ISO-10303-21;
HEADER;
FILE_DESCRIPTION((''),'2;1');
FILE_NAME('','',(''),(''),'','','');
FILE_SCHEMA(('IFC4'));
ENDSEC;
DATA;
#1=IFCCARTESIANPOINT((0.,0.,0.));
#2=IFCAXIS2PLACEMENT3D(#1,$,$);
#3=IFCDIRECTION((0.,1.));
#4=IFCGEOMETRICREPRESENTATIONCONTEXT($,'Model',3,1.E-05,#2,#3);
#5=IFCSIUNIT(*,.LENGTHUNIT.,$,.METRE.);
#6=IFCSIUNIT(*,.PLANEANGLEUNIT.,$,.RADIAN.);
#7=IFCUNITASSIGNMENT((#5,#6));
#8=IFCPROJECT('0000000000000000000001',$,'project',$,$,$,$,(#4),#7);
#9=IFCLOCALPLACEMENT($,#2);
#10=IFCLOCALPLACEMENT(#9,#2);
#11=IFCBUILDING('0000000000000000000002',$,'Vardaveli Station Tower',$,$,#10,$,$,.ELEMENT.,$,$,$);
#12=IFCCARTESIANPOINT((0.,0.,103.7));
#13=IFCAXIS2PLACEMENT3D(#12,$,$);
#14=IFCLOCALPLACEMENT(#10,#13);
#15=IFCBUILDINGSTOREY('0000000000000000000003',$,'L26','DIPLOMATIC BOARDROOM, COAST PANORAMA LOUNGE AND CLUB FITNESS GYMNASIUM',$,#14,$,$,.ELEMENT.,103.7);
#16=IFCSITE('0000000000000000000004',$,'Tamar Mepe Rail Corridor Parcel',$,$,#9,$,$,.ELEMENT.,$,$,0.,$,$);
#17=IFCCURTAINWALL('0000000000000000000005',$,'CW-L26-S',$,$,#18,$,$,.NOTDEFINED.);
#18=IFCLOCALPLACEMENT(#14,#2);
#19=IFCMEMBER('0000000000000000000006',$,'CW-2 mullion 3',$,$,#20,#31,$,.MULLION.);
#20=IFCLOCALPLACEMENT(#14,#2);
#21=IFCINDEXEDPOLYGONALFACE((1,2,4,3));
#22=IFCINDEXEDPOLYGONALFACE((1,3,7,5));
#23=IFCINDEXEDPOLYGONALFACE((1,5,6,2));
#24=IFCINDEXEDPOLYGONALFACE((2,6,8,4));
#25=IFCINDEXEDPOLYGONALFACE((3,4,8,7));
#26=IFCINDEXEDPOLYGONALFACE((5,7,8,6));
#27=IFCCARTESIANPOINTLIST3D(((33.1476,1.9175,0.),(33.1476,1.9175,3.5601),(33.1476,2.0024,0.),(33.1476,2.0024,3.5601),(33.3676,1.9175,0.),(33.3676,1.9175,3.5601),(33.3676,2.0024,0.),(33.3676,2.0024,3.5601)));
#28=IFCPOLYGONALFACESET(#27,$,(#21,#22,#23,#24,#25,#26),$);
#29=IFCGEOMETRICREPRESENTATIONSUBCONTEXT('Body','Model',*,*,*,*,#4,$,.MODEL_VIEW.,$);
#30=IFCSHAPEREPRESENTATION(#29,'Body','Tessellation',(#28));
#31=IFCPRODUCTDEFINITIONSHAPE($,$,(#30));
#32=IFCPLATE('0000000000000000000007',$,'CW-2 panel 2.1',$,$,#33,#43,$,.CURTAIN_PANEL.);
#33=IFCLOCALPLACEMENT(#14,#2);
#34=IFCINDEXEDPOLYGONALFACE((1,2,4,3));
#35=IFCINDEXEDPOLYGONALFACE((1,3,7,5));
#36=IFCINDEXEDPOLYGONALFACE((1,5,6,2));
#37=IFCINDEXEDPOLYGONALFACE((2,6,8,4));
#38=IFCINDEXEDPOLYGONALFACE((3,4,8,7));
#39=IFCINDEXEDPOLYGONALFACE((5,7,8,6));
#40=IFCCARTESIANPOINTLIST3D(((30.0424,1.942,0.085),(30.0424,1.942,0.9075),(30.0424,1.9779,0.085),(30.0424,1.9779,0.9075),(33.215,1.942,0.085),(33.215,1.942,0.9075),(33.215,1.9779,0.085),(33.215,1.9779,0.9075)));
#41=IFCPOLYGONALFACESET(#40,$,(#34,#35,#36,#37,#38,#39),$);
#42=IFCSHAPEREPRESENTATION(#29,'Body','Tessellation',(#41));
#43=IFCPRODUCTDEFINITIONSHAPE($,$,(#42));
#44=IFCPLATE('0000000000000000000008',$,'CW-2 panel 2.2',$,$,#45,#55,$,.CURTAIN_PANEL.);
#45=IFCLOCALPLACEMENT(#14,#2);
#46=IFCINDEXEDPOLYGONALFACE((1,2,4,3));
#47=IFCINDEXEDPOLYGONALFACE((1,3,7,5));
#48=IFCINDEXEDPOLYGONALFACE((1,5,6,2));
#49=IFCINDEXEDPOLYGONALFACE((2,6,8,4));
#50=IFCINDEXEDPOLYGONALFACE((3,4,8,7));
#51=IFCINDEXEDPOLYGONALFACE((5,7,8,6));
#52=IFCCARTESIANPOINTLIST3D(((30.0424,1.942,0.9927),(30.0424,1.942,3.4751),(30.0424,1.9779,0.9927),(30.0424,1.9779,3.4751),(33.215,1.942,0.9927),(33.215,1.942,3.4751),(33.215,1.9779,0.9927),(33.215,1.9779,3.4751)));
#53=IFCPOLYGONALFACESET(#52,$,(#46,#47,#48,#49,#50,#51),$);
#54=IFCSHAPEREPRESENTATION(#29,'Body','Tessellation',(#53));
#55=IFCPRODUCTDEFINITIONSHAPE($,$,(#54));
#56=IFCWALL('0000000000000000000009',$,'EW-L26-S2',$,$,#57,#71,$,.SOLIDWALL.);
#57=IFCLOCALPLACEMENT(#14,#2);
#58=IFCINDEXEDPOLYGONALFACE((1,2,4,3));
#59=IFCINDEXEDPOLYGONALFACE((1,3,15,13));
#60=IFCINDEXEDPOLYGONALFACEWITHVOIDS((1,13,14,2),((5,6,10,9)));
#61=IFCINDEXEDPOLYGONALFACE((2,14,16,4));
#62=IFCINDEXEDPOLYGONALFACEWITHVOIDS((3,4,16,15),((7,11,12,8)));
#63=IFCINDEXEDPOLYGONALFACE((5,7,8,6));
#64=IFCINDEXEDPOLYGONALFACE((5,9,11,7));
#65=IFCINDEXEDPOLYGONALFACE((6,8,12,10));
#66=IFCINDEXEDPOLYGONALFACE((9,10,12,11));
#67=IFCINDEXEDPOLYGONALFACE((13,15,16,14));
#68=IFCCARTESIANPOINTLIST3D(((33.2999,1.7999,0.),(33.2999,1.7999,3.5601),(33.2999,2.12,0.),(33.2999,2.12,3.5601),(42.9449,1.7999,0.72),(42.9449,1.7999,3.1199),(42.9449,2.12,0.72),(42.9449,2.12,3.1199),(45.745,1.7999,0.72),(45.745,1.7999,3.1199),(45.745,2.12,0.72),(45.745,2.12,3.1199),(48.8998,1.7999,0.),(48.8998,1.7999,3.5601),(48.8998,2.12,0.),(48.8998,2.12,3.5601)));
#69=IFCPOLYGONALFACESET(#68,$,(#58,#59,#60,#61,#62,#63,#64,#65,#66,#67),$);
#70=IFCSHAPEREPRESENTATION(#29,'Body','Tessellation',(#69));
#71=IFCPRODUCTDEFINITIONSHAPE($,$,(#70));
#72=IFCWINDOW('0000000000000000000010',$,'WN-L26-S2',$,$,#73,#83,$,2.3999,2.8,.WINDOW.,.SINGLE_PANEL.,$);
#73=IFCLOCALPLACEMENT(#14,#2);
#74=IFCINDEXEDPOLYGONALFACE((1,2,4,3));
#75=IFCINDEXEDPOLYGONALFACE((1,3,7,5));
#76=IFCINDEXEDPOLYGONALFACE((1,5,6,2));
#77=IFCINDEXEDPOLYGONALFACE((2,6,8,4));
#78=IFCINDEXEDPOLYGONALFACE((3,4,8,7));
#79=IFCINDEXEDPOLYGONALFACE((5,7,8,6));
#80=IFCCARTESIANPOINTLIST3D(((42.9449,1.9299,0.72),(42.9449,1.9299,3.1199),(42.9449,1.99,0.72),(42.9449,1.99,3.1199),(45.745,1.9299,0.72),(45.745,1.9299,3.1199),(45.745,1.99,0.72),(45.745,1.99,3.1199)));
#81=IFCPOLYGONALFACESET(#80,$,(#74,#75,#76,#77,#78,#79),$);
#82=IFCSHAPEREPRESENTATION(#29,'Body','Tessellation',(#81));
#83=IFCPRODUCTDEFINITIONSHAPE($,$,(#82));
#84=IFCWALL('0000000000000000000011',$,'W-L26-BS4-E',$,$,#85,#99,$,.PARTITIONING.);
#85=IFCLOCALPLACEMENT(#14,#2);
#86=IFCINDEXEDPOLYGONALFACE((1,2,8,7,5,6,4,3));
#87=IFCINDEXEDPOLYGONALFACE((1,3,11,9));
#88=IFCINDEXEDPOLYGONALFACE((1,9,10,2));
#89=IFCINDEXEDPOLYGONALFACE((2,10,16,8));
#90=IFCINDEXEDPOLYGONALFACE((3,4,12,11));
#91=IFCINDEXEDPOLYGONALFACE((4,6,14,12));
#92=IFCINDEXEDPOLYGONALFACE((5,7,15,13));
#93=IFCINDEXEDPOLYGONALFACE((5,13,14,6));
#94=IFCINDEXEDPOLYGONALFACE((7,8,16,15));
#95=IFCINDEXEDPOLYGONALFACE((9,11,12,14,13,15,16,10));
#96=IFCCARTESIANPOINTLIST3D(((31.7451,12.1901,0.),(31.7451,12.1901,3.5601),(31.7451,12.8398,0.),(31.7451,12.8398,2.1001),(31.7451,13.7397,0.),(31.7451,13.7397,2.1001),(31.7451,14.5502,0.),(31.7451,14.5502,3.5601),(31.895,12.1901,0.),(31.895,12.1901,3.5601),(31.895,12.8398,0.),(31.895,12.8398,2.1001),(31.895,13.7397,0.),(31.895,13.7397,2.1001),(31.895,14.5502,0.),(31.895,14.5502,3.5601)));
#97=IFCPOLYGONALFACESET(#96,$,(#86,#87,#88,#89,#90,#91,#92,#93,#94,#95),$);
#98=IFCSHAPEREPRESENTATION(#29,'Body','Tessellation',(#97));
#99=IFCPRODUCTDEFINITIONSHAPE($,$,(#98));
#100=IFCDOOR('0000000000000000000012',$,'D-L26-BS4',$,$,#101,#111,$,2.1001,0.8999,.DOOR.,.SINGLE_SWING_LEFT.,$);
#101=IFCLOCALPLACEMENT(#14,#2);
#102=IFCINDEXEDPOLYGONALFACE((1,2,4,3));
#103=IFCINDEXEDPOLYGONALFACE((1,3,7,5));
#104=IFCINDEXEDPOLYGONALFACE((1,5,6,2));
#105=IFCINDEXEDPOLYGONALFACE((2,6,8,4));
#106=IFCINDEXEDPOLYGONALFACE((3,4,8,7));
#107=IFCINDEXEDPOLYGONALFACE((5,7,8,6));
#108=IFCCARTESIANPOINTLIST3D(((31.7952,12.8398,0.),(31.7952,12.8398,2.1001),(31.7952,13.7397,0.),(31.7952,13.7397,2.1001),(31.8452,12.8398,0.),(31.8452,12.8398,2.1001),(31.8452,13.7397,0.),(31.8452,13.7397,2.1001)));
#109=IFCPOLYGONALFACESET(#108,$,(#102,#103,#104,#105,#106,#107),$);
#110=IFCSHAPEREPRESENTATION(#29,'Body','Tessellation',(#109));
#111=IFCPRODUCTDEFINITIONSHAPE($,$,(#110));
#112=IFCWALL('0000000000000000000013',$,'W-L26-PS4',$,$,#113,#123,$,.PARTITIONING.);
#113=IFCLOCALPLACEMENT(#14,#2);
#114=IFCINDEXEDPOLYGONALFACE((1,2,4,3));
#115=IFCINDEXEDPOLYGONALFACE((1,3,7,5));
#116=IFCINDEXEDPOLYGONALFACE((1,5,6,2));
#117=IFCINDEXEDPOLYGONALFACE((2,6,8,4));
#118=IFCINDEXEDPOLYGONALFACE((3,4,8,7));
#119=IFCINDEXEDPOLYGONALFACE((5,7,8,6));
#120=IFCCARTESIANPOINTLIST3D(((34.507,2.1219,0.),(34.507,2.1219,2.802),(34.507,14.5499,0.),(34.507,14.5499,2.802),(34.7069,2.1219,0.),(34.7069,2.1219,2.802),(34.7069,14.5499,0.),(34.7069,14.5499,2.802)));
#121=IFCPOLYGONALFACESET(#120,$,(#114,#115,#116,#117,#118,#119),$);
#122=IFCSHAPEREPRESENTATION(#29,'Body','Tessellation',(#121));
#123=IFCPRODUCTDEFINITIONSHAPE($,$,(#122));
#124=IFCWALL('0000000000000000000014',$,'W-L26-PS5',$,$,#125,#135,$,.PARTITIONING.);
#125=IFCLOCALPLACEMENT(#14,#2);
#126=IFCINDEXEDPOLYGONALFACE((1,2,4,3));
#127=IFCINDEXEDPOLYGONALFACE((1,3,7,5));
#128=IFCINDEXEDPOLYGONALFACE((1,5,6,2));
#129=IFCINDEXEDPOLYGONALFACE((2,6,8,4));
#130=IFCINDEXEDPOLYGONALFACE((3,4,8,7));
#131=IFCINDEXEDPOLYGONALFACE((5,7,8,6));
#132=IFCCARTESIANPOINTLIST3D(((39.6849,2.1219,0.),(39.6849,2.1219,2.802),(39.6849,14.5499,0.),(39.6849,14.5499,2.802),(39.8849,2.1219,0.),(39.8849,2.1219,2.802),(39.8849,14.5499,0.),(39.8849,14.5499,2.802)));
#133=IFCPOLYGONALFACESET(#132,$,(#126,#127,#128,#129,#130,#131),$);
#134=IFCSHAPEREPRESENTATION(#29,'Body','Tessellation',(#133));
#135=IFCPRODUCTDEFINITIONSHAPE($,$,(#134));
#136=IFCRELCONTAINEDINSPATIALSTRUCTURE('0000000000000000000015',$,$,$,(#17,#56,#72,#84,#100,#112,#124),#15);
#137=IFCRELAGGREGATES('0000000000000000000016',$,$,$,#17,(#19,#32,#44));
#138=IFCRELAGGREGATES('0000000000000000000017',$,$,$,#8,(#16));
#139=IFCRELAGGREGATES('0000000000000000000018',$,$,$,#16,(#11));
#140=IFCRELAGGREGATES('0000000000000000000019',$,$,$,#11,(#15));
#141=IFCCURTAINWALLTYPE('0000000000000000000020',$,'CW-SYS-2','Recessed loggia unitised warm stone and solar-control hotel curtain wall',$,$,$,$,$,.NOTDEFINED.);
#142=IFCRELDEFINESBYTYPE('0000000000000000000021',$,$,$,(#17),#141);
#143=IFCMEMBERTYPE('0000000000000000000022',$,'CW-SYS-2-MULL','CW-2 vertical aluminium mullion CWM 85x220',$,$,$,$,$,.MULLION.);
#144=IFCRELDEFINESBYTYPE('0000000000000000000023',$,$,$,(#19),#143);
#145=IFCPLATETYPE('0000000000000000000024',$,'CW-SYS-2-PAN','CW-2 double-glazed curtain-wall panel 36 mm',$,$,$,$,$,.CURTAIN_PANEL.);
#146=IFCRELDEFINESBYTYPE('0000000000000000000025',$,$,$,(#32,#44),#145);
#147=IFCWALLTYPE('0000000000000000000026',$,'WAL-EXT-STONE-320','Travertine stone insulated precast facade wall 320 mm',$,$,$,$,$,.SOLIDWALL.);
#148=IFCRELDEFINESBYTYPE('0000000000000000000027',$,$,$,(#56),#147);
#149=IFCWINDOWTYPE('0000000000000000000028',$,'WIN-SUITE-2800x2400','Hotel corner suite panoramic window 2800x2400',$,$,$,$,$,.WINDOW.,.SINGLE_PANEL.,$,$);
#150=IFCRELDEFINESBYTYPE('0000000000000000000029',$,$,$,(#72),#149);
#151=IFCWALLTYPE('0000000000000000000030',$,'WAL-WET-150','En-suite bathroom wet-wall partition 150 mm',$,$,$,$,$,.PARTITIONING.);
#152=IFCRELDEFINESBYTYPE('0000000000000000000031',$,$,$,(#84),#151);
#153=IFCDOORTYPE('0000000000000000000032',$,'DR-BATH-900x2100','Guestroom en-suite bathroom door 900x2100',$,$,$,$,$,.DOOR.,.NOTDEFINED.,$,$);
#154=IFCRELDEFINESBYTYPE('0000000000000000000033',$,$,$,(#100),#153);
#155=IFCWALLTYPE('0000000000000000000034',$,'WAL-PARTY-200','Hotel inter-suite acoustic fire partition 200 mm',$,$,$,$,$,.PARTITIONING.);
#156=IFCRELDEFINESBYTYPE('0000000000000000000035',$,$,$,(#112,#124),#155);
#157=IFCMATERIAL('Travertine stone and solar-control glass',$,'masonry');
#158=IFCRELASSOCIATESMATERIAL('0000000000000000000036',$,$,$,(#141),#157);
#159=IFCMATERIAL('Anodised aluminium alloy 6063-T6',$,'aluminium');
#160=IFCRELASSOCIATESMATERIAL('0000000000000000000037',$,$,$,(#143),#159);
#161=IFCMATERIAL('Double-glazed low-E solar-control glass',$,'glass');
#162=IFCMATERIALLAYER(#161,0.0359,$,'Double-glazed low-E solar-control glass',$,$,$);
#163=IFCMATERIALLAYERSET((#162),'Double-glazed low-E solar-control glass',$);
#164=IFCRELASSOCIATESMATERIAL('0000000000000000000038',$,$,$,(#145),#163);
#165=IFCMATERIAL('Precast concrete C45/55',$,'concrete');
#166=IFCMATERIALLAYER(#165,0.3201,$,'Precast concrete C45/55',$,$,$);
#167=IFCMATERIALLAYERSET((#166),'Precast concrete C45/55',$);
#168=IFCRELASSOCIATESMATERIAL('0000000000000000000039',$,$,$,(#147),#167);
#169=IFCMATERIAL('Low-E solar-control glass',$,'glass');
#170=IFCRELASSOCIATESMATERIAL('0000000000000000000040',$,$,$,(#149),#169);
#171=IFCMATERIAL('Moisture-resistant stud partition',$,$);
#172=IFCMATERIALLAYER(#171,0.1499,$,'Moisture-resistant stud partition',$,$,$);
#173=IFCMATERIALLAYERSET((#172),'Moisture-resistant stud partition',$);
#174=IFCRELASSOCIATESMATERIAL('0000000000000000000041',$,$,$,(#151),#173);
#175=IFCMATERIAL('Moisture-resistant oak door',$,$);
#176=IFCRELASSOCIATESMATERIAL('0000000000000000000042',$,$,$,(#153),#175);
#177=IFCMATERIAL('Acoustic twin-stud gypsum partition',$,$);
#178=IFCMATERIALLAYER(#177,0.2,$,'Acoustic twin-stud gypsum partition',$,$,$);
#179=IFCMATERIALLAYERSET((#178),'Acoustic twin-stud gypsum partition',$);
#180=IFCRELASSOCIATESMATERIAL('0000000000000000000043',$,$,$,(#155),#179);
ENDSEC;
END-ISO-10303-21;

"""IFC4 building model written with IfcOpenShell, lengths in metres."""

from ifc_helpers import new_model, si_unit, direction, frame, frame_2d, origin, origin_2d, place, context, subcontext, project, spatial, rectangle, extrude, source, transform, mapped, material, layer, layer_set, material_profile, profile_set, type_object, element, fill, aggregate, save


model = new_model("IFC4")

# Units and contexts
model_context = context("Model", 3, precision=1e-05, world=origin(), true_north=direction((0.0, 1.0)))
body_context = subcontext(model_context, "Body", "Model", "MODEL_VIEW")
ifc_project = project(units=[si_unit("LENGTHUNIT", "METRE"), si_unit("PLANEANGLEUNIT", "RADIAN")], contexts=[model_context])

# Site, building, storey
site_placement = place(None, origin())
site = spatial("IfcSite", under=ifc_project, at=site_placement, Name="Tamar Mepe Rail Corridor Parcel", CompositionType="ELEMENT", RefElevation=0.0)
building_placement = place(site_placement, origin())
building = spatial("IfcBuilding", under=site, at=building_placement, Name="Vardaveli Station Tower", CompositionType="ELEMENT")
storey_placement = place(building_placement, frame((0.0, 0.0, 103.7)))
storey = spatial("IfcBuildingStorey", under=building, at=storey_placement, Name="L26", Description="DIPLOMATIC BOARDROOM, COAST PANORAMA LOUNGE AND CLUB FITNESS GYMNASIUM", CompositionType="ELEMENT", Elevation=103.7)

# Shared definitions
ifc_material_1 = material(Name="Precast concrete C45/55", Category="concrete")

# Curtain wall, member, plates
ifc_material_2 = material(Name="Travertine stone and solar-control glass", Category="masonry")
curtain_wall_type = type_object("IfcCurtainWallType", Name="CW-SYS-2", Description="Recessed loggia unitised warm stone and solar-control hotel curtain wall", PredefinedType="NOTDEFINED", material=ifc_material_2)
curtain_wall_placement = place(storey_placement, origin())
curtain_wall = element("IfcCurtainWall", 1, at=curtain_wall_placement, inside=storey, type_object=curtain_wall_type, Name="CW-L26-S", PredefinedType="NOTDEFINED")
ifc_material_3 = material(Name="Anodised aluminium alloy 6063-T6", Category="aluminium")
ifc_material_profile_1 = material_profile(ifc_material_3, rectangle(XDim=0.085, YDim=0.22, at=origin_2d()), Name="CWM 85x220")
ifc_profile_set_1 = profile_set([ifc_material_profile_1], Name="Anodised aluminium alloy 6063-T6")
member_type = type_object("IfcMemberType", Name="CW-SYS-2-MULL", Description="CW-2 vertical aluminium mullion CWM 85x220", PredefinedType="MULLION", material=ifc_profile_set_1)
shared_shape_1 = source(origin(), body_context, "Body", "SweptSolid", [
    extrude(rectangle(XDim=0.085, YDim=0.22, at=origin_2d()), origin(), (0.0, 0.0, 1.0), 3.5601),
])
member_placement = place(storey_placement, frame((33.2576, 1.96, 0.0), z_axis=(0.0, 0.0, 1.0), x_axis=(0.0, 1.0, 0.0)))
member = element("IfcMember", 2, at=member_placement, type_object=member_type, Name="CW-2 mullion 3", PredefinedType="MULLION", context=body_context, shape_type="MappedRepresentation", body=[
    mapped(shared_shape_1, transform((0.0, 0.0, 0.0), scale=1.0)),
])
ifc_material_4 = material(Name="Double-glazed low-E solar-control glass", Category="glass")
ifc_layer_1 = layer(ifc_material_4, 0.0359, Name="Double-glazed low-E solar-control glass")
ifc_layer_set_1 = layer_set([ifc_layer_1], Name="Double-glazed low-E solar-control glass")
plate_type = type_object("IfcPlateType", Name="CW-SYS-2-PAN", Description="CW-2 double-glazed curtain-wall panel 36 mm", PredefinedType="CURTAIN_PANEL", material=ifc_layer_set_1)
shared_shape_2 = source(origin(), body_context, "Body", "SweptSolid", [
    extrude(rectangle(XDim=3.1726, YDim=0.0359, at=origin_2d()), origin(), (0.0, 0.0, 1.0), 0.8225),
])
plate_1_placement = place(storey_placement, frame((31.6287, 1.96, 0.085), z_axis=(0.0, 0.0, 1.0), x_axis=(1.0, 0.0, 0.0)))
plate_1 = element("IfcPlate", 3, at=plate_1_placement, type_object=plate_type, Name="CW-2 panel 2.1", PredefinedType="CURTAIN_PANEL", context=body_context, shape_type="MappedRepresentation", body=[
    mapped(shared_shape_2, transform((0.0, 0.0, 0.0), scale=1.0)),
])
shared_shape_3 = source(origin(), body_context, "Body", "SweptSolid", [
    extrude(rectangle(XDim=3.1726, YDim=0.0359, at=origin_2d()), origin(), (0.0, 0.0, 1.0), 2.4824),
])
plate_2_placement = place(storey_placement, frame((31.6287, 1.96, 0.9927), z_axis=(0.0, 0.0, 1.0), x_axis=(1.0, 0.0, 0.0)))
plate_2 = element("IfcPlate", 4, at=plate_2_placement, type_object=plate_type, Name="CW-2 panel 2.2", PredefinedType="CURTAIN_PANEL", context=body_context, shape_type="MappedRepresentation", body=[
    mapped(shared_shape_3, transform((0.0, 0.0, 0.0), scale=1.0)),
])
aggregate(curtain_wall, [member, plate_1, plate_2])

# Wall, opening, window
ifc_layer_2 = layer(ifc_material_1, 0.3201, Name="Precast concrete C45/55")
ifc_layer_set_2 = layer_set([ifc_layer_2], Name="Precast concrete C45/55")
wall_type_1 = type_object("IfcWallType", Name="WAL-EXT-STONE-320", Description="Travertine stone insulated precast facade wall 320 mm", PredefinedType="SOLIDWALL", material=ifc_layer_set_2)
shared_shape_4 = source(origin(), body_context, "Body", "SweptSolid", [
    extrude(rectangle(XDim=15.5999, YDim=0.3201, at=frame_2d((7.7998, 0.0))), origin(), (0.0, 0.0, 1.0), 3.5601),
])
wall_1_placement = place(storey_placement, frame((33.3, 1.96, 0.0), z_axis=(0.0, 0.0, 1.0), x_axis=(1.0, 0.0, 0.0)))
wall_1 = element("IfcWall", 5, at=wall_1_placement, inside=storey, type_object=wall_type_1, Name="EW-L26-S2", PredefinedType="SOLIDWALL", context=body_context, shape_type="MappedRepresentation", body=[
    mapped(shared_shape_4, transform((0.0, 0.0, 0.0), scale=1.0)),
])
shared_shape_5 = source(origin(), body_context, "Body", "SweptSolid", [
    extrude(rectangle(XDim=2.8, YDim=2.3999, at=frame_2d((1.3999, 1.2))), frame((0.0, 0.1699, 0.0), z_axis=(0.0, -1.0, 0.0), x_axis=(1.0, 0.0, 0.0)), (0.0, 0.0, 1.0), 0.3401),
])
opening_1_placement = place(wall_1_placement, frame((9.645, 0.0, 0.72)))
opening_1 = element("IfcOpeningElement", 6, at=opening_1_placement, cuts=wall_1, PredefinedType="OPENING", context=body_context, shape_type="MappedRepresentation", body=[
    mapped(shared_shape_5, transform((0.0, 0.0, 0.0), scale=1.0)),
])
ifc_material_5 = material(Name="Low-E solar-control glass", Category="glass")
window_type = type_object("IfcWindowType", Name="WIN-SUITE-2800x2400", Description="Hotel corner suite panoramic window 2800x2400", PartitioningType="SINGLE_PANEL", PredefinedType="WINDOW", material=ifc_material_5)
shared_shape_6 = source(origin(), body_context, "Body", "SweptSolid", [
    extrude(rectangle(XDim=2.8, YDim=2.3999, at=frame_2d((1.3999, 1.2))), frame((0.0, 0.03, 0.0), z_axis=(0.0, -1.0, 0.0), x_axis=(1.0, 0.0, 0.0)), (0.0, 0.0, 1.0), 0.0601),
])
window_placement = place(opening_1_placement, origin())
window = element("IfcWindow", 7, at=window_placement, inside=storey, type_object=window_type, Name="WN-L26-S2", OverallHeight=2.3999, OverallWidth=2.8, PartitioningType="SINGLE_PANEL", PredefinedType="WINDOW", context=body_context, shape_type="MappedRepresentation", body=[
    mapped(shared_shape_6, transform((0.0, 0.0, 0.0), scale=1.0)),
])
fill(opening_1, window)

# Wall, opening, door
ifc_material_6 = material(Name="Moisture-resistant stud partition")
ifc_layer_3 = layer(ifc_material_6, 0.1499, Name="Moisture-resistant stud partition")
ifc_layer_set_3 = layer_set([ifc_layer_3], Name="Moisture-resistant stud partition")
wall_type_2 = type_object("IfcWallType", Name="WAL-WET-150", Description="En-suite bathroom wet-wall partition 150 mm", PredefinedType="PARTITIONING", material=ifc_layer_set_3)
shared_shape_7 = source(origin(), body_context, "Body", "SweptSolid", [
    extrude(rectangle(XDim=2.3601, YDim=0.1499, at=frame_2d((1.1802, 0.0))), origin(), (0.0, 0.0, 1.0), 3.5601),
])
wall_2_placement = place(storey_placement, frame((31.8201, 12.1899, 0.0), z_axis=(0.0, 0.0, 1.0), x_axis=(0.0, 1.0, 0.0)))
wall_2 = element("IfcWall", 8, at=wall_2_placement, inside=storey, type_object=wall_type_2, Name="W-L26-BS4-E", PredefinedType="PARTITIONING", context=body_context, shape_type="MappedRepresentation", body=[
    mapped(shared_shape_7, transform((0.0, 0.0, 0.0), scale=1.0)),
])
shared_shape_8 = source(origin(), body_context, "Body", "SweptSolid", [
    extrude(rectangle(XDim=0.8999, YDim=2.1001, at=frame_2d((0.45, 1.05))), frame((0.0, 0.085, 0.0), z_axis=(0.0, -1.0, 0.0), x_axis=(1.0, 0.0, 0.0)), (0.0, 0.0, 1.0), 0.1699),
])
opening_2_placement = place(wall_2_placement, frame((0.6499, 0.0, 0.0)))
opening_2 = element("IfcOpeningElement", 9, at=opening_2_placement, cuts=wall_2, PredefinedType="OPENING", context=body_context, shape_type="MappedRepresentation", body=[
    mapped(shared_shape_8, transform((0.0, 0.0, 0.0), scale=1.0)),
])
ifc_material_7 = material(Name="Moisture-resistant oak door")
door_type = type_object("IfcDoorType", Name="DR-BATH-900x2100", Description="Guestroom en-suite bathroom door 900x2100", OperationType="NOTDEFINED", PredefinedType="DOOR", material=ifc_material_7)
shared_shape_9 = source(origin(), body_context, "Body", "SweptSolid", [
    extrude(rectangle(XDim=0.8999, YDim=2.1001, at=frame_2d((0.45, 1.05))), frame((0.0, 0.0249, 0.0), z_axis=(0.0, -1.0, 0.0), x_axis=(1.0, 0.0, 0.0)), (0.0, 0.0, 1.0), 0.05),
])
door_placement = place(opening_2_placement, origin())
door = element("IfcDoor", 10, at=door_placement, inside=storey, type_object=door_type, Name="D-L26-BS4", OperationType="SINGLE_SWING_LEFT", OverallHeight=2.1001, OverallWidth=0.8999, PredefinedType="DOOR", context=body_context, shape_type="MappedRepresentation", body=[
    mapped(shared_shape_9, transform((0.0, 0.0, 0.0), scale=1.0)),
])
fill(opening_2, door)

# Walls
ifc_material_8 = material(Name="Acoustic twin-stud gypsum partition")
ifc_layer_4 = layer(ifc_material_8, 0.2, Name="Acoustic twin-stud gypsum partition")
ifc_layer_set_4 = layer_set([ifc_layer_4], Name="Acoustic twin-stud gypsum partition")
wall_type_3 = type_object("IfcWallType", Name="WAL-PARTY-200", Description="Hotel inter-suite acoustic fire partition 200 mm", PredefinedType="PARTITIONING", material=ifc_layer_set_4)
shared_shape_10 = source(origin(), body_context, "Body", "SweptSolid", [
    extrude(rectangle(XDim=12.428, YDim=0.2, at=frame_2d((6.2139, 0.0))), origin(), (0.0, 0.0, 1.0), 2.802),
])
for number, where, z_axis, x_axis, name in (
    (11, (34.6069, 2.1221, 0.0), (0.0, 0.0, 1.0), (0.0, 1.0, 0.0), "W-L26-PS4"),
    (12, (39.7849, 2.1221, 0.0), (0.0, 0.0, 1.0), (0.0, 1.0, 0.0), "W-L26-PS5"),
):
    element("IfcWall", number, at=place(storey_placement, frame(where, z_axis=z_axis, x_axis=x_axis)), inside=storey, type_object=wall_type_3, Name=name, PredefinedType="PARTITIONING", context=body_context, shape_type="MappedRepresentation", body=[
        mapped(shared_shape_10, transform((0.0, 0.0, 0.0), scale=1.0)),
    ])

save(model, "model.ifc")
